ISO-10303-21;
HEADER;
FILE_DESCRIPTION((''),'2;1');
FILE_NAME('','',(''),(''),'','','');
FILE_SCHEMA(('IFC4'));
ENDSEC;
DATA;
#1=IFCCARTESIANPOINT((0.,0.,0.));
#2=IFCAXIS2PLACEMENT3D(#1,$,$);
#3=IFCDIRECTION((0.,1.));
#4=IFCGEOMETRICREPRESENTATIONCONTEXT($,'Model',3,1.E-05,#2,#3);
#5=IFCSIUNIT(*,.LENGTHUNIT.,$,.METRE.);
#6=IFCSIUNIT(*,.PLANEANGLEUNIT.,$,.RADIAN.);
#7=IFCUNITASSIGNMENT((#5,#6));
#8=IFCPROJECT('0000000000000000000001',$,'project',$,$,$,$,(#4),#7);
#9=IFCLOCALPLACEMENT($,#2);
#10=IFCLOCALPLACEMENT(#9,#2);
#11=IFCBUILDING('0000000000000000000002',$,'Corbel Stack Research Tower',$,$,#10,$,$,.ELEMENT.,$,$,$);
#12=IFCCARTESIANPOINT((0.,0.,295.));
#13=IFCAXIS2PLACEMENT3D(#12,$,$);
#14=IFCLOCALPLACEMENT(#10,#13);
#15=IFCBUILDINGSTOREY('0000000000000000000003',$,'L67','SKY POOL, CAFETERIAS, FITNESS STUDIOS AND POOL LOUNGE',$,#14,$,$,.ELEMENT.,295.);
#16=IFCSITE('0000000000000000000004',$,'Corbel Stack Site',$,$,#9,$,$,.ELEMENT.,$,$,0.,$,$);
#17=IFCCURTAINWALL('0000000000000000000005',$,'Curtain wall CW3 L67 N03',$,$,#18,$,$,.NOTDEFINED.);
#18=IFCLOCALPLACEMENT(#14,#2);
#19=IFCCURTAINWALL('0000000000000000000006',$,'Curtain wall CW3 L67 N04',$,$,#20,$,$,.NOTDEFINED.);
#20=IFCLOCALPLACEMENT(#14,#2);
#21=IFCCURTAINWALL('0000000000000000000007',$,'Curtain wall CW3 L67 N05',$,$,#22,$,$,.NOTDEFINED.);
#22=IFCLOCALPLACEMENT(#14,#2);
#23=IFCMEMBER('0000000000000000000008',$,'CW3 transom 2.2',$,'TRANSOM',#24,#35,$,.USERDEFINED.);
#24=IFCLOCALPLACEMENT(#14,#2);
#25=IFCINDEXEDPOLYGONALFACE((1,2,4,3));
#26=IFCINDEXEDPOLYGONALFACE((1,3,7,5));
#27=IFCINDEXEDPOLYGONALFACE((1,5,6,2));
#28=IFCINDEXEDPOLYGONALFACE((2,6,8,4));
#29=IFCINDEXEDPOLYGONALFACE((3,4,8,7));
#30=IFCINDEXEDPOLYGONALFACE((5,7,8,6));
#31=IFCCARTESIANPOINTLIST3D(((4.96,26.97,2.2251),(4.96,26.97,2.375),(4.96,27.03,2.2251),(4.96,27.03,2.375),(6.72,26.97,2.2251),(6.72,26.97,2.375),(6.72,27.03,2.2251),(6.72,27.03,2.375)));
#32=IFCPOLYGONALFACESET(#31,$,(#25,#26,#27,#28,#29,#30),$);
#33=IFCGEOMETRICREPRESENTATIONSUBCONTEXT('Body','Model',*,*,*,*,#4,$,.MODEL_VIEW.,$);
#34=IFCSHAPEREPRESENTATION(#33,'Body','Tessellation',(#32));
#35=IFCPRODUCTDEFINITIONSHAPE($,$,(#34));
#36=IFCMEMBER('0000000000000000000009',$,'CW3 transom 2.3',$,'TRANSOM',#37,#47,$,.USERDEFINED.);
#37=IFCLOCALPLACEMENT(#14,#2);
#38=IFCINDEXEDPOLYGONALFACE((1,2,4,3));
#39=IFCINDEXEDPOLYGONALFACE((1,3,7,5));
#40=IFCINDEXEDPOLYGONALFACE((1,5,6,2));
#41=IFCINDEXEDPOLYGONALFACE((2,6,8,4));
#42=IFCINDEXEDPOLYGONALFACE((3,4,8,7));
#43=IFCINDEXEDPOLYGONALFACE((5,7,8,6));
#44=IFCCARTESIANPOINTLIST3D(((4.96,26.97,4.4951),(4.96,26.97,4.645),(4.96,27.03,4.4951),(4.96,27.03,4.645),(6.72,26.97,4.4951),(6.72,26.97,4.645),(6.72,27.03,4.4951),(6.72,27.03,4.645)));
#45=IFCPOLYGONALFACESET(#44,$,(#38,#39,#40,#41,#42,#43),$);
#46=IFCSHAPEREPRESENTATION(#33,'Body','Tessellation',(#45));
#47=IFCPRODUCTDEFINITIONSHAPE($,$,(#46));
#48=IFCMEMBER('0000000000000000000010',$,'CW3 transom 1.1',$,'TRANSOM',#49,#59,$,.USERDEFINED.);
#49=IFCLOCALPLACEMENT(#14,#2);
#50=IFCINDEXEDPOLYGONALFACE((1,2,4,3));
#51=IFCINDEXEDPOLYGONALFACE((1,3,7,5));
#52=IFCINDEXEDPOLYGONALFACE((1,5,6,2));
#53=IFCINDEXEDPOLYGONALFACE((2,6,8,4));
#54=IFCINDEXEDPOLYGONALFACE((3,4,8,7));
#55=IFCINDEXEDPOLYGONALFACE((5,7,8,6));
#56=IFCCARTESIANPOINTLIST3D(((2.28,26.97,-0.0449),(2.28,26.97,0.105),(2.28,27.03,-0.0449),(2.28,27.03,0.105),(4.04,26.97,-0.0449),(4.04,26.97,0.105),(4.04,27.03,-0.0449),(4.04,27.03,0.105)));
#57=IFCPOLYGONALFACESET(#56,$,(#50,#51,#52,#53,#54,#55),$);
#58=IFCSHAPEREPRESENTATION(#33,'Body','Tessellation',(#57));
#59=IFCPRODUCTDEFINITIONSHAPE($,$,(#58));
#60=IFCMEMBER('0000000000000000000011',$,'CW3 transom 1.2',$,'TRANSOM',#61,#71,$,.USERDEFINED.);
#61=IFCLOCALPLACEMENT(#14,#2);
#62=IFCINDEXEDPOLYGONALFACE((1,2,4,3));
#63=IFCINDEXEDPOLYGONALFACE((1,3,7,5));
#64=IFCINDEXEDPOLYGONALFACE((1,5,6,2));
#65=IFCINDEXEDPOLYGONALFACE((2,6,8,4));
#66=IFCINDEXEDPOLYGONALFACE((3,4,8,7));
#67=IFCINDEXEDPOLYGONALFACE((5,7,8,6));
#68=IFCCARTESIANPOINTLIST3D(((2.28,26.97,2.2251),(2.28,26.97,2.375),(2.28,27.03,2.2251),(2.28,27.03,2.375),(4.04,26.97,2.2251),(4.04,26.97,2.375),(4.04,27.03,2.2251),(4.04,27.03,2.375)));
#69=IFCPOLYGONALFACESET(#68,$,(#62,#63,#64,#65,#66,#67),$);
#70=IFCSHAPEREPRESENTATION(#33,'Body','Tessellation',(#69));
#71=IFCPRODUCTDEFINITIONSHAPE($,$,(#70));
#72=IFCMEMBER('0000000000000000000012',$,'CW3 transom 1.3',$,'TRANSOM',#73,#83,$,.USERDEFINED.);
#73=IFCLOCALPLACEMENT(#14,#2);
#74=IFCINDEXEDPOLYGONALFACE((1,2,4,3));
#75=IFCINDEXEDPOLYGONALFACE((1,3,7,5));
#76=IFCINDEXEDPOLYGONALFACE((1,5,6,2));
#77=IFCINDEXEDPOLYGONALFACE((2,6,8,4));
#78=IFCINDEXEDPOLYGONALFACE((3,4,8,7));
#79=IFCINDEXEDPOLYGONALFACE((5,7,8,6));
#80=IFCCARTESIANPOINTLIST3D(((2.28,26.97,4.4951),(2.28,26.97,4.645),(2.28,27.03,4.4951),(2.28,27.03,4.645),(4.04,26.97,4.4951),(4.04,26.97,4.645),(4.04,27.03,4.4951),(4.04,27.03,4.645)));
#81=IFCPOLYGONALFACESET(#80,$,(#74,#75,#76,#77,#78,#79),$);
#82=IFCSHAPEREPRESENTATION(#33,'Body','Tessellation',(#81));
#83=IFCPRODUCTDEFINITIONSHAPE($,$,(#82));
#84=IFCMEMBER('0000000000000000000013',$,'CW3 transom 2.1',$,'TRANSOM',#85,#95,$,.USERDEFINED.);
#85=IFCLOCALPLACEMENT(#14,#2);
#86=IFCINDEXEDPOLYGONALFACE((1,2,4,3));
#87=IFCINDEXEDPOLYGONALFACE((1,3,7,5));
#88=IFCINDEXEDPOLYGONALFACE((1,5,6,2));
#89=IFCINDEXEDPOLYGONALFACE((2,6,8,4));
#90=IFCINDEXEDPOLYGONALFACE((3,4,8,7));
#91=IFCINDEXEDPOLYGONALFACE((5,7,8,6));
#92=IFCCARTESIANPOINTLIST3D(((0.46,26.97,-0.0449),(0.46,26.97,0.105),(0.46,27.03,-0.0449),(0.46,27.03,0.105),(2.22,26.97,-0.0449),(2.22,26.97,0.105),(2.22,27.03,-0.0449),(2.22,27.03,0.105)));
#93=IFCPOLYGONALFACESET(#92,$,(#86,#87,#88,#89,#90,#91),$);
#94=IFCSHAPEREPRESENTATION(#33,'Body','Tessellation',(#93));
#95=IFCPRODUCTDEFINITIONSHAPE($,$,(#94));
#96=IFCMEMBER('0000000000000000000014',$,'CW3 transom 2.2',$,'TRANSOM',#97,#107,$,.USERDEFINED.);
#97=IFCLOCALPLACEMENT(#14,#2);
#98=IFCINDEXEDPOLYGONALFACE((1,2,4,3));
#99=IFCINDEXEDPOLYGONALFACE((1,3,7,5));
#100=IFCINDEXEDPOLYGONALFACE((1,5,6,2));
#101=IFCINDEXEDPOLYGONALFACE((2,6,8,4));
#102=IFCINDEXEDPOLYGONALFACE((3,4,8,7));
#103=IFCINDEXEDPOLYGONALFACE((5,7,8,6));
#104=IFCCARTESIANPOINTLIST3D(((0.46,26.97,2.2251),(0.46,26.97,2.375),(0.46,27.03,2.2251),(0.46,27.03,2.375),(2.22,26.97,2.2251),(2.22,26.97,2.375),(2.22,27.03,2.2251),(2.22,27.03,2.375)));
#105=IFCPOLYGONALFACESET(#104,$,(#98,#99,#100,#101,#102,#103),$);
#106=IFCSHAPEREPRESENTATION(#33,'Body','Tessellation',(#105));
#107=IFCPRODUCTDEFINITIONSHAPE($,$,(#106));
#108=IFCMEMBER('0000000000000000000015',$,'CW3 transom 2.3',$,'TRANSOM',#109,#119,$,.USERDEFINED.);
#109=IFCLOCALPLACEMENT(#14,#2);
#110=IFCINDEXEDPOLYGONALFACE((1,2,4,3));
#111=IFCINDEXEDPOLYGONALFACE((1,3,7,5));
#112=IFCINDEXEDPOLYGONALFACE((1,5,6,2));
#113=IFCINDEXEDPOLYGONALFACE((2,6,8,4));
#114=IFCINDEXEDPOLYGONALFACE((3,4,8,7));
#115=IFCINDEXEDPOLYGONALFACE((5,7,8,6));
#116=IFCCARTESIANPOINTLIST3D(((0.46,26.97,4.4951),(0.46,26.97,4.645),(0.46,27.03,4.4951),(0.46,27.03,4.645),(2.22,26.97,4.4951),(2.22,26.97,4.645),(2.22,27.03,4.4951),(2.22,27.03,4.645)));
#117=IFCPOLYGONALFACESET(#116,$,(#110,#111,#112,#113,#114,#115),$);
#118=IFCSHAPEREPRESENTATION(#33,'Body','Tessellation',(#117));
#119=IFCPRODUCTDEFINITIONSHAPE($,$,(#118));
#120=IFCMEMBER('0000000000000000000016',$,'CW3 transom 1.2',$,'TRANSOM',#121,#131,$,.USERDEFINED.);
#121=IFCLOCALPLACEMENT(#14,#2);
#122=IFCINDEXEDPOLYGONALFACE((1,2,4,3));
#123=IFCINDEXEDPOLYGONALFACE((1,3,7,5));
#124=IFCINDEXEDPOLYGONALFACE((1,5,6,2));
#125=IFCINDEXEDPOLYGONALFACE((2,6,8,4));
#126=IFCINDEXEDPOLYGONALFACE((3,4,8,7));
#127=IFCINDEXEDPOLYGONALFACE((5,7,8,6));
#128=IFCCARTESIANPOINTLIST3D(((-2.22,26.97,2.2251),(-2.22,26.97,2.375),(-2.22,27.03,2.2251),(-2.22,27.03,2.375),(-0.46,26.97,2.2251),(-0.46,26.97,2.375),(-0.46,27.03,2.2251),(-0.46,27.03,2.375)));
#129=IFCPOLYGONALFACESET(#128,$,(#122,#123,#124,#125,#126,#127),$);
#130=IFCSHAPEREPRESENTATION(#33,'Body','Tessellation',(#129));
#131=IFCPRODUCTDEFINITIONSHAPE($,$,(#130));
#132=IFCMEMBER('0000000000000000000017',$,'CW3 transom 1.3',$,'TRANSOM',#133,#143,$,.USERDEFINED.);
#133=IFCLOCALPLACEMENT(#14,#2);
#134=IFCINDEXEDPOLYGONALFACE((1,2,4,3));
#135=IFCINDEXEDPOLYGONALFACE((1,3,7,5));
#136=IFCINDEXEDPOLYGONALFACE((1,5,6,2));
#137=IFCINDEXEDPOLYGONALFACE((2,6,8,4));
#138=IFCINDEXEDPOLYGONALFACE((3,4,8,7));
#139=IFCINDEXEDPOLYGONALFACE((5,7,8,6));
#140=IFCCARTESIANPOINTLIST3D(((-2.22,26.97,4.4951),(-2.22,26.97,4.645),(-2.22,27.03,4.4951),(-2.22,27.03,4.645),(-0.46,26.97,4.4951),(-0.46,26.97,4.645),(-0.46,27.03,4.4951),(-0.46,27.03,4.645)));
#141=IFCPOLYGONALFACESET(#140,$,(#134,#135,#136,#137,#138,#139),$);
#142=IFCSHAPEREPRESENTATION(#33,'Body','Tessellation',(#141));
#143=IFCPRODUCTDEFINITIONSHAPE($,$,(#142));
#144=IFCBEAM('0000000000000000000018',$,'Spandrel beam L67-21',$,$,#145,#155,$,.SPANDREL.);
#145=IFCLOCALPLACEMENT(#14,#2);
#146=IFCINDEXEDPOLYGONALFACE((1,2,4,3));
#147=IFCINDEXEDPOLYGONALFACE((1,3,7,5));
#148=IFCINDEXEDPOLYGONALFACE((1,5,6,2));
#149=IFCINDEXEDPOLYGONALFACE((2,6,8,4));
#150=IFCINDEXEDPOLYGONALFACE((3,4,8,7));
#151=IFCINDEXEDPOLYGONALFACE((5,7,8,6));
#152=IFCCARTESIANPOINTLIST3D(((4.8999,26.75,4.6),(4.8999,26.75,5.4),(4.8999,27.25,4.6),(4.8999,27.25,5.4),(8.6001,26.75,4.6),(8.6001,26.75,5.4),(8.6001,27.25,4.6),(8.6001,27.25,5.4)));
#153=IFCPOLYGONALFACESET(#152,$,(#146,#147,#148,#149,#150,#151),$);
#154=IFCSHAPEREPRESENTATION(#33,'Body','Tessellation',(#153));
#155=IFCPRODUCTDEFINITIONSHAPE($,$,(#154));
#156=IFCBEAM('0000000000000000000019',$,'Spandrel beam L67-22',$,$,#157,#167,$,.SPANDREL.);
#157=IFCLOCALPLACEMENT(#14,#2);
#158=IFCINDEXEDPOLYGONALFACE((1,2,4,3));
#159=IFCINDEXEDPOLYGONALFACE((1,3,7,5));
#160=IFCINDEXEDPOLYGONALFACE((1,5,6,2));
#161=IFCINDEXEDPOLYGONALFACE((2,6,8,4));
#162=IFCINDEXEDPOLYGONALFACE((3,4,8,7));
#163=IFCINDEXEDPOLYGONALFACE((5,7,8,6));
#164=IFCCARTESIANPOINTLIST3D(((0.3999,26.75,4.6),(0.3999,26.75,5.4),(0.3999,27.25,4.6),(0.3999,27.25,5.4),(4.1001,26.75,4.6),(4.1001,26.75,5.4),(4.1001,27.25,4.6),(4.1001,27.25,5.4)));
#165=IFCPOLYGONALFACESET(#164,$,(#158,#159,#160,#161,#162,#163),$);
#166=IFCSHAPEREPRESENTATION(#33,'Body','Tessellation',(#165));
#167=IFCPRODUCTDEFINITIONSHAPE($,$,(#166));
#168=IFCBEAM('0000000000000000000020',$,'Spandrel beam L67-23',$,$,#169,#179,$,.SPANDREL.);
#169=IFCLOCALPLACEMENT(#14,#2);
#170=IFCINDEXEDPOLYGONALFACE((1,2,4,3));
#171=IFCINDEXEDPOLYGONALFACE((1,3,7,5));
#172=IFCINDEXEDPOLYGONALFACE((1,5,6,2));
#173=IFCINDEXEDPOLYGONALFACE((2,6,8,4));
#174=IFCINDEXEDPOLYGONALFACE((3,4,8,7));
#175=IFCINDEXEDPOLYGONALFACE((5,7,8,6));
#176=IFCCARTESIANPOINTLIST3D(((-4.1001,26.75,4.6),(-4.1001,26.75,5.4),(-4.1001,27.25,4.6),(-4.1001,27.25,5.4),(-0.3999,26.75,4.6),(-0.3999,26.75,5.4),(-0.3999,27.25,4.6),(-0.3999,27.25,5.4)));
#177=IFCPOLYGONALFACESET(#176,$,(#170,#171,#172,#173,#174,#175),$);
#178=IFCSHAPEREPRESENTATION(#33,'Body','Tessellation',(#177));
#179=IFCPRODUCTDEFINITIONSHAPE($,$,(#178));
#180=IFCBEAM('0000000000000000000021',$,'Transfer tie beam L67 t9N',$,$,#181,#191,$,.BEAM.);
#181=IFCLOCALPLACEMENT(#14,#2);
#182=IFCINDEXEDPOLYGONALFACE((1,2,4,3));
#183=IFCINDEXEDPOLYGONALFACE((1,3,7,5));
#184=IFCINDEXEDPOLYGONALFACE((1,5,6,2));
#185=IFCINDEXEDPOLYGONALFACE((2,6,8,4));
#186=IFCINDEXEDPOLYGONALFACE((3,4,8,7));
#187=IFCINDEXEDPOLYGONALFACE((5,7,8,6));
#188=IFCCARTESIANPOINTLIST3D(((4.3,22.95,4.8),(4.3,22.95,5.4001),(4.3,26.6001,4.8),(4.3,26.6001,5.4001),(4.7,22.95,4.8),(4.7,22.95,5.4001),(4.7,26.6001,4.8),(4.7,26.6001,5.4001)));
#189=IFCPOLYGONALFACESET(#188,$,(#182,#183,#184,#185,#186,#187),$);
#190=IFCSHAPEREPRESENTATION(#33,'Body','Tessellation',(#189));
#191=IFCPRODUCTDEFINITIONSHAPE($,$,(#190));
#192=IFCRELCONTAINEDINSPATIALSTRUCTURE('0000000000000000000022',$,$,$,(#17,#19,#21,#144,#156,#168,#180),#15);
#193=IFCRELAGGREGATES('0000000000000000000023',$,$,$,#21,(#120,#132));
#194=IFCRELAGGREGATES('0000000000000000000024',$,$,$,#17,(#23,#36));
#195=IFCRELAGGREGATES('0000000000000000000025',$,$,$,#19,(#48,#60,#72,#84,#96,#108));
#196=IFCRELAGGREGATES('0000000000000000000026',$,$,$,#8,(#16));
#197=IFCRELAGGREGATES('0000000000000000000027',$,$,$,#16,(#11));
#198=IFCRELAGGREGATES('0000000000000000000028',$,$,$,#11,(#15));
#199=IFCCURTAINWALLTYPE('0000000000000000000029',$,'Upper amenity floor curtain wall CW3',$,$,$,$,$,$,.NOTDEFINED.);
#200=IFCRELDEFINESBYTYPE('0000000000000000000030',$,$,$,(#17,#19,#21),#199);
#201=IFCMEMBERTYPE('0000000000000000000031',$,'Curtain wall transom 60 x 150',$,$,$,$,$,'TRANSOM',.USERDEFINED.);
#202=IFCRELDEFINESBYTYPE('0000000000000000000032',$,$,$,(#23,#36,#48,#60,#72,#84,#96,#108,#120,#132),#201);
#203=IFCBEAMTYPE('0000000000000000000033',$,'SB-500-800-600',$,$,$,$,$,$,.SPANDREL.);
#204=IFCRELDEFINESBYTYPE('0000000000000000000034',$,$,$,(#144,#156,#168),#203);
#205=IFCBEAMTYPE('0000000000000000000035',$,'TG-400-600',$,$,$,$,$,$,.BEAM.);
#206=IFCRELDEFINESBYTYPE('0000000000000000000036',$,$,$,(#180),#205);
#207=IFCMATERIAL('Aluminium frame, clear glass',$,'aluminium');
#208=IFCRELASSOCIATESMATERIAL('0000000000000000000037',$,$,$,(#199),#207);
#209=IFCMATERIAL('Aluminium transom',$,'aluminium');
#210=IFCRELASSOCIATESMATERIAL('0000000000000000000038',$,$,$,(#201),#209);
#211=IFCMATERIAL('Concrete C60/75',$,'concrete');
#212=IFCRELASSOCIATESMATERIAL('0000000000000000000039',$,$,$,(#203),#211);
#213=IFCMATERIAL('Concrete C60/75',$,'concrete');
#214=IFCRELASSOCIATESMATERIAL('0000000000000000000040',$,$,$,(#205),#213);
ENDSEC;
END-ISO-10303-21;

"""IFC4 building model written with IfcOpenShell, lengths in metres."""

from ifc_helpers import new_model, si_unit, direction, frame, origin, origin_2d, place, context, subcontext, project, spatial, rectangle, extrude, material, material_profile, profile_set, type_object, element, aggregate, save


model = new_model("IFC4")

# Units and contexts
model_context = context("Model", 3, precision=1e-05, world=origin(), true_north=direction((0.0, 1.0)))
body_context = subcontext(model_context, "Body", "Model", "MODEL_VIEW")
ifc_project = project(units=[si_unit("LENGTHUNIT", "METRE"), si_unit("PLANEANGLEUNIT", "RADIAN")], contexts=[model_context])

# Site, building, storey
site_placement = place(None, origin())
site = spatial("IfcSite", under=ifc_project, at=site_placement, Name="Corbel Stack Site", CompositionType="ELEMENT", RefElevation=0.0)
building_placement = place(site_placement, origin())
building = spatial("IfcBuilding", under=site, at=building_placement, Name="Corbel Stack Research Tower", CompositionType="ELEMENT")
storey_placement = place(building_placement, frame((0.0, 0.0, 295.0)))
storey = spatial("IfcBuildingStorey", under=building, at=storey_placement, Name="L67", Description="SKY POOL, CAFETERIAS, FITNESS STUDIOS AND POOL LOUNGE", CompositionType="ELEMENT", Elevation=295.0)

# Curtain walls
ifc_material_1 = material(Name="Aluminium frame, clear glass", Category="aluminium")
curtain_wall_type = type_object("IfcCurtainWallType", Name="Upper amenity floor curtain wall CW3", PredefinedType="NOTDEFINED", material=ifc_material_1)
curtain_wall_1_placement = place(storey_placement, origin())
curtain_wall_1 = element("IfcCurtainWall", 1, at=curtain_wall_1_placement, inside=storey, type_object=curtain_wall_type, Name="Curtain wall CW3 L67 N03", PredefinedType="NOTDEFINED")
curtain_wall_2_placement = place(storey_placement, origin())
curtain_wall_2 = element("IfcCurtainWall", 2, at=curtain_wall_2_placement, inside=storey, type_object=curtain_wall_type, Name="Curtain wall CW3 L67 N04", PredefinedType="NOTDEFINED")

# Curtain wall
curtain_wall_3_placement = place(storey_placement, origin())
curtain_wall_3 = element("IfcCurtainWall", 3, at=curtain_wall_3_placement, inside=storey, type_object=curtain_wall_type, Name="Curtain wall CW3 L67 N05", PredefinedType="NOTDEFINED")

# Members
ifc_material_2 = material(Name="Aluminium transom", Category="aluminium")
ifc_material_profile_1 = material_profile(ifc_material_2, rectangle(XDim=0.0601, YDim=0.1499, at=origin_2d()), Name="Transom 60 x 150")
ifc_profile_set_1 = profile_set([ifc_material_profile_1], Name="Aluminium transom")
member_type_1 = type_object("IfcMemberType", Name="Curtain wall transom 60 x 150", ElementType="TRANSOM", PredefinedType="USERDEFINED", material=ifc_profile_set_1)
member_1_placement = place(storey_placement, frame((6.72, 27.0, 2.3), z_axis=(-1.0, 0.0, 0.0), x_axis=(0.0, -1.0, 0.0)))
member_1 = element("IfcMember", 4, at=member_1_placement, type_object=member_type_1, Name="CW3 transom 2.2", ObjectType="TRANSOM", PredefinedType="USERDEFINED", context=body_context, shape_type="SweptSolid", body=[
    extrude(rectangle(XDim=0.0601, YDim=0.1499, at=origin_2d()), origin(), (0.0, 0.0, 1.0), 1.76),
])
member_2_placement = place(storey_placement, frame((6.72, 27.0, 4.5701), z_axis=(-1.0, 0.0, 0.0), x_axis=(0.0, -1.0, 0.0)))
member_2 = element("IfcMember", 5, at=member_2_placement, type_object=member_type_1, Name="CW3 transom 2.3", ObjectType="TRANSOM", PredefinedType="USERDEFINED", context=body_context, shape_type="SweptSolid", body=[
    extrude(rectangle(XDim=0.0601, YDim=0.1499, at=origin_2d()), origin(), (0.0, 0.0, 1.0), 1.76),
])
member_3_placement = place(storey_placement, frame((4.04, 27.0, 0.03), z_axis=(-1.0, 0.0, 0.0), x_axis=(0.0, -1.0, 0.0)))
member_3 = element("IfcMember", 6, at=member_3_placement, type_object=member_type_1, Name="CW3 transom 1.1", ObjectType="TRANSOM", PredefinedType="USERDEFINED", context=body_context, shape_type="SweptSolid", body=[
    extrude(rectangle(XDim=0.0601, YDim=0.1499, at=origin_2d()), origin(), (0.0, 0.0, 1.0), 1.76),
])
member_4_placement = place(storey_placement, frame((4.04, 27.0, 2.3), z_axis=(-1.0, 0.0, 0.0), x_axis=(0.0, -1.0, 0.0)))
member_4 = element("IfcMember", 7, at=member_4_placement, type_object=member_type_1, Name="CW3 transom 1.2", ObjectType="TRANSOM", PredefinedType="USERDEFINED", context=body_context, shape_type="SweptSolid", body=[
    extrude(rectangle(XDim=0.0601, YDim=0.1499, at=origin_2d()), origin(), (0.0, 0.0, 1.0), 1.76),
])
member_5_placement = place(storey_placement, frame((4.04, 27.0, 4.5701), z_axis=(-1.0, 0.0, 0.0), x_axis=(0.0, -1.0, 0.0)))
member_5 = element("IfcMember", 8, at=member_5_placement, type_object=member_type_1, Name="CW3 transom 1.3", ObjectType="TRANSOM", PredefinedType="USERDEFINED", context=body_context, shape_type="SweptSolid", body=[
    extrude(rectangle(XDim=0.0601, YDim=0.1499, at=origin_2d()), origin(), (0.0, 0.0, 1.0), 1.76),
])
member_6_placement = place(storey_placement, frame((2.22, 27.0, 0.03), z_axis=(-1.0, 0.0, 0.0), x_axis=(0.0, -1.0, 0.0)))
member_6 = element("IfcMember", 9, at=member_6_placement, type_object=member_type_1, Name="CW3 transom 2.1", ObjectType="TRANSOM", PredefinedType="USERDEFINED", context=body_context, shape_type="SweptSolid", body=[
    extrude(rectangle(XDim=0.0601, YDim=0.1499, at=origin_2d()), origin(), (0.0, 0.0, 1.0), 1.76),
])
member_7_placement = place(storey_placement, frame((2.22, 27.0, 2.3), z_axis=(-1.0, 0.0, 0.0), x_axis=(0.0, -1.0, 0.0)))
member_7 = element("IfcMember", 10, at=member_7_placement, type_object=member_type_1, Name="CW3 transom 2.2", ObjectType="TRANSOM", PredefinedType="USERDEFINED", context=body_context, shape_type="SweptSolid", body=[
    extrude(rectangle(XDim=0.0601, YDim=0.1499, at=origin_2d()), origin(), (0.0, 0.0, 1.0), 1.76),
])
member_8_placement = place(storey_placement, frame((2.22, 27.0, 4.5701), z_axis=(-1.0, 0.0, 0.0), x_axis=(0.0, -1.0, 0.0)))
member_8 = element("IfcMember", 11, at=member_8_placement, type_object=member_type_1, Name="CW3 transom 2.3", ObjectType="TRANSOM", PredefinedType="USERDEFINED", context=body_context, shape_type="SweptSolid", body=[
    extrude(rectangle(XDim=0.0601, YDim=0.1499, at=origin_2d()), origin(), (0.0, 0.0, 1.0), 1.76),
])
member_9_placement = place(storey_placement, frame((-0.46, 27.0, 2.3), z_axis=(-1.0, 0.0, 0.0), x_axis=(0.0, -1.0, 0.0)))
member_9 = element("IfcMember", 12, at=member_9_placement, type_object=member_type_1, Name="CW3 transom 1.2", ObjectType="TRANSOM", PredefinedType="USERDEFINED", context=body_context, shape_type="SweptSolid", body=[
    extrude(rectangle(XDim=0.0601, YDim=0.1499, at=origin_2d()), origin(), (0.0, 0.0, 1.0), 1.76),
])
member_10_placement = place(storey_placement, frame((-0.46, 27.0, 4.5701), z_axis=(-1.0, 0.0, 0.0), x_axis=(0.0, -1.0, 0.0)))
member_10 = element("IfcMember", 13, at=member_10_placement, type_object=member_type_1, Name="CW3 transom 1.3", ObjectType="TRANSOM", PredefinedType="USERDEFINED", context=body_context, shape_type="SweptSolid", body=[
    extrude(rectangle(XDim=0.0601, YDim=0.1499, at=origin_2d()), origin(), (0.0, 0.0, 1.0), 1.76),
])
aggregate(curtain_wall_3, [member_9, member_10])

# Beams
ifc_material_3 = material(Name="Concrete C60/75", Category="concrete")
ifc_material_profile_2 = material_profile(ifc_material_3, rectangle(XDim=0.5, YDim=0.8, at=origin_2d()), Name="RC 500 x 800")
ifc_profile_set_2 = profile_set([ifc_material_profile_2], Name="Concrete C60/75")
beam_type_1 = type_object("IfcBeamType", Name="SB-500-800-600", PredefinedType="SPANDREL", material=ifc_profile_set_2)
for number, where, z_axis, x_axis, name in (
    (14, (8.6001, 27.0, 5.0), (-1.0, 0.0, 0.0), (0.0, -1.0, 0.0), "Spandrel beam L67-21"),
    (15, (4.1001, 27.0, 5.0), (-1.0, 0.0, 0.0), (0.0, -1.0, 0.0), "Spandrel beam L67-22"),
    (16, (-0.3999, 27.0, 5.0), (-1.0, 0.0, 0.0), (0.0, -1.0, 0.0), "Spandrel beam L67-23"),
):
    element("IfcBeam", number, at=place(storey_placement, frame(where, z_axis=z_axis, x_axis=x_axis)), inside=storey, type_object=beam_type_1, Name=name, PredefinedType="SPANDREL", context=body_context, shape_type="SweptSolid", body=[
        extrude(rectangle(XDim=0.5, YDim=0.8, at=origin_2d()), origin(), (0.0, 0.0, 1.0), 3.7002),
    ])
ifc_material_4 = material(Name="Concrete C60/75", Category="concrete")
ifc_material_profile_3 = material_profile(ifc_material_4, rectangle(XDim=0.3999, YDim=0.6001, at=origin_2d()), Name="RC 400 x 600")
ifc_profile_set_3 = profile_set([ifc_material_profile_3], Name="Concrete C60/75")
beam_type_2 = type_object("IfcBeamType", Name="TG-400-600", PredefinedType="BEAM", material=ifc_profile_set_3)
beam_1_placement = place(storey_placement, frame((4.5, 22.95, 5.1001), z_axis=(0.0, 1.0, 0.0), x_axis=(-1.0, 0.0, 0.0)))
element("IfcBeam", 17, at=beam_1_placement, inside=storey, type_object=beam_type_2, Name="Transfer tie beam L67 t9N", PredefinedType="BEAM", context=body_context, shape_type="SweptSolid", body=[
    extrude(rectangle(XDim=0.3999, YDim=0.6001, at=origin_2d()), origin(), (0.0, 0.0, 1.0), 3.6501),
])

aggregate(curtain_wall_1, [member_1, member_2])
aggregate(curtain_wall_2, [member_3, member_4, member_5, member_6, member_7, member_8])

save(model, "model.ifc")
